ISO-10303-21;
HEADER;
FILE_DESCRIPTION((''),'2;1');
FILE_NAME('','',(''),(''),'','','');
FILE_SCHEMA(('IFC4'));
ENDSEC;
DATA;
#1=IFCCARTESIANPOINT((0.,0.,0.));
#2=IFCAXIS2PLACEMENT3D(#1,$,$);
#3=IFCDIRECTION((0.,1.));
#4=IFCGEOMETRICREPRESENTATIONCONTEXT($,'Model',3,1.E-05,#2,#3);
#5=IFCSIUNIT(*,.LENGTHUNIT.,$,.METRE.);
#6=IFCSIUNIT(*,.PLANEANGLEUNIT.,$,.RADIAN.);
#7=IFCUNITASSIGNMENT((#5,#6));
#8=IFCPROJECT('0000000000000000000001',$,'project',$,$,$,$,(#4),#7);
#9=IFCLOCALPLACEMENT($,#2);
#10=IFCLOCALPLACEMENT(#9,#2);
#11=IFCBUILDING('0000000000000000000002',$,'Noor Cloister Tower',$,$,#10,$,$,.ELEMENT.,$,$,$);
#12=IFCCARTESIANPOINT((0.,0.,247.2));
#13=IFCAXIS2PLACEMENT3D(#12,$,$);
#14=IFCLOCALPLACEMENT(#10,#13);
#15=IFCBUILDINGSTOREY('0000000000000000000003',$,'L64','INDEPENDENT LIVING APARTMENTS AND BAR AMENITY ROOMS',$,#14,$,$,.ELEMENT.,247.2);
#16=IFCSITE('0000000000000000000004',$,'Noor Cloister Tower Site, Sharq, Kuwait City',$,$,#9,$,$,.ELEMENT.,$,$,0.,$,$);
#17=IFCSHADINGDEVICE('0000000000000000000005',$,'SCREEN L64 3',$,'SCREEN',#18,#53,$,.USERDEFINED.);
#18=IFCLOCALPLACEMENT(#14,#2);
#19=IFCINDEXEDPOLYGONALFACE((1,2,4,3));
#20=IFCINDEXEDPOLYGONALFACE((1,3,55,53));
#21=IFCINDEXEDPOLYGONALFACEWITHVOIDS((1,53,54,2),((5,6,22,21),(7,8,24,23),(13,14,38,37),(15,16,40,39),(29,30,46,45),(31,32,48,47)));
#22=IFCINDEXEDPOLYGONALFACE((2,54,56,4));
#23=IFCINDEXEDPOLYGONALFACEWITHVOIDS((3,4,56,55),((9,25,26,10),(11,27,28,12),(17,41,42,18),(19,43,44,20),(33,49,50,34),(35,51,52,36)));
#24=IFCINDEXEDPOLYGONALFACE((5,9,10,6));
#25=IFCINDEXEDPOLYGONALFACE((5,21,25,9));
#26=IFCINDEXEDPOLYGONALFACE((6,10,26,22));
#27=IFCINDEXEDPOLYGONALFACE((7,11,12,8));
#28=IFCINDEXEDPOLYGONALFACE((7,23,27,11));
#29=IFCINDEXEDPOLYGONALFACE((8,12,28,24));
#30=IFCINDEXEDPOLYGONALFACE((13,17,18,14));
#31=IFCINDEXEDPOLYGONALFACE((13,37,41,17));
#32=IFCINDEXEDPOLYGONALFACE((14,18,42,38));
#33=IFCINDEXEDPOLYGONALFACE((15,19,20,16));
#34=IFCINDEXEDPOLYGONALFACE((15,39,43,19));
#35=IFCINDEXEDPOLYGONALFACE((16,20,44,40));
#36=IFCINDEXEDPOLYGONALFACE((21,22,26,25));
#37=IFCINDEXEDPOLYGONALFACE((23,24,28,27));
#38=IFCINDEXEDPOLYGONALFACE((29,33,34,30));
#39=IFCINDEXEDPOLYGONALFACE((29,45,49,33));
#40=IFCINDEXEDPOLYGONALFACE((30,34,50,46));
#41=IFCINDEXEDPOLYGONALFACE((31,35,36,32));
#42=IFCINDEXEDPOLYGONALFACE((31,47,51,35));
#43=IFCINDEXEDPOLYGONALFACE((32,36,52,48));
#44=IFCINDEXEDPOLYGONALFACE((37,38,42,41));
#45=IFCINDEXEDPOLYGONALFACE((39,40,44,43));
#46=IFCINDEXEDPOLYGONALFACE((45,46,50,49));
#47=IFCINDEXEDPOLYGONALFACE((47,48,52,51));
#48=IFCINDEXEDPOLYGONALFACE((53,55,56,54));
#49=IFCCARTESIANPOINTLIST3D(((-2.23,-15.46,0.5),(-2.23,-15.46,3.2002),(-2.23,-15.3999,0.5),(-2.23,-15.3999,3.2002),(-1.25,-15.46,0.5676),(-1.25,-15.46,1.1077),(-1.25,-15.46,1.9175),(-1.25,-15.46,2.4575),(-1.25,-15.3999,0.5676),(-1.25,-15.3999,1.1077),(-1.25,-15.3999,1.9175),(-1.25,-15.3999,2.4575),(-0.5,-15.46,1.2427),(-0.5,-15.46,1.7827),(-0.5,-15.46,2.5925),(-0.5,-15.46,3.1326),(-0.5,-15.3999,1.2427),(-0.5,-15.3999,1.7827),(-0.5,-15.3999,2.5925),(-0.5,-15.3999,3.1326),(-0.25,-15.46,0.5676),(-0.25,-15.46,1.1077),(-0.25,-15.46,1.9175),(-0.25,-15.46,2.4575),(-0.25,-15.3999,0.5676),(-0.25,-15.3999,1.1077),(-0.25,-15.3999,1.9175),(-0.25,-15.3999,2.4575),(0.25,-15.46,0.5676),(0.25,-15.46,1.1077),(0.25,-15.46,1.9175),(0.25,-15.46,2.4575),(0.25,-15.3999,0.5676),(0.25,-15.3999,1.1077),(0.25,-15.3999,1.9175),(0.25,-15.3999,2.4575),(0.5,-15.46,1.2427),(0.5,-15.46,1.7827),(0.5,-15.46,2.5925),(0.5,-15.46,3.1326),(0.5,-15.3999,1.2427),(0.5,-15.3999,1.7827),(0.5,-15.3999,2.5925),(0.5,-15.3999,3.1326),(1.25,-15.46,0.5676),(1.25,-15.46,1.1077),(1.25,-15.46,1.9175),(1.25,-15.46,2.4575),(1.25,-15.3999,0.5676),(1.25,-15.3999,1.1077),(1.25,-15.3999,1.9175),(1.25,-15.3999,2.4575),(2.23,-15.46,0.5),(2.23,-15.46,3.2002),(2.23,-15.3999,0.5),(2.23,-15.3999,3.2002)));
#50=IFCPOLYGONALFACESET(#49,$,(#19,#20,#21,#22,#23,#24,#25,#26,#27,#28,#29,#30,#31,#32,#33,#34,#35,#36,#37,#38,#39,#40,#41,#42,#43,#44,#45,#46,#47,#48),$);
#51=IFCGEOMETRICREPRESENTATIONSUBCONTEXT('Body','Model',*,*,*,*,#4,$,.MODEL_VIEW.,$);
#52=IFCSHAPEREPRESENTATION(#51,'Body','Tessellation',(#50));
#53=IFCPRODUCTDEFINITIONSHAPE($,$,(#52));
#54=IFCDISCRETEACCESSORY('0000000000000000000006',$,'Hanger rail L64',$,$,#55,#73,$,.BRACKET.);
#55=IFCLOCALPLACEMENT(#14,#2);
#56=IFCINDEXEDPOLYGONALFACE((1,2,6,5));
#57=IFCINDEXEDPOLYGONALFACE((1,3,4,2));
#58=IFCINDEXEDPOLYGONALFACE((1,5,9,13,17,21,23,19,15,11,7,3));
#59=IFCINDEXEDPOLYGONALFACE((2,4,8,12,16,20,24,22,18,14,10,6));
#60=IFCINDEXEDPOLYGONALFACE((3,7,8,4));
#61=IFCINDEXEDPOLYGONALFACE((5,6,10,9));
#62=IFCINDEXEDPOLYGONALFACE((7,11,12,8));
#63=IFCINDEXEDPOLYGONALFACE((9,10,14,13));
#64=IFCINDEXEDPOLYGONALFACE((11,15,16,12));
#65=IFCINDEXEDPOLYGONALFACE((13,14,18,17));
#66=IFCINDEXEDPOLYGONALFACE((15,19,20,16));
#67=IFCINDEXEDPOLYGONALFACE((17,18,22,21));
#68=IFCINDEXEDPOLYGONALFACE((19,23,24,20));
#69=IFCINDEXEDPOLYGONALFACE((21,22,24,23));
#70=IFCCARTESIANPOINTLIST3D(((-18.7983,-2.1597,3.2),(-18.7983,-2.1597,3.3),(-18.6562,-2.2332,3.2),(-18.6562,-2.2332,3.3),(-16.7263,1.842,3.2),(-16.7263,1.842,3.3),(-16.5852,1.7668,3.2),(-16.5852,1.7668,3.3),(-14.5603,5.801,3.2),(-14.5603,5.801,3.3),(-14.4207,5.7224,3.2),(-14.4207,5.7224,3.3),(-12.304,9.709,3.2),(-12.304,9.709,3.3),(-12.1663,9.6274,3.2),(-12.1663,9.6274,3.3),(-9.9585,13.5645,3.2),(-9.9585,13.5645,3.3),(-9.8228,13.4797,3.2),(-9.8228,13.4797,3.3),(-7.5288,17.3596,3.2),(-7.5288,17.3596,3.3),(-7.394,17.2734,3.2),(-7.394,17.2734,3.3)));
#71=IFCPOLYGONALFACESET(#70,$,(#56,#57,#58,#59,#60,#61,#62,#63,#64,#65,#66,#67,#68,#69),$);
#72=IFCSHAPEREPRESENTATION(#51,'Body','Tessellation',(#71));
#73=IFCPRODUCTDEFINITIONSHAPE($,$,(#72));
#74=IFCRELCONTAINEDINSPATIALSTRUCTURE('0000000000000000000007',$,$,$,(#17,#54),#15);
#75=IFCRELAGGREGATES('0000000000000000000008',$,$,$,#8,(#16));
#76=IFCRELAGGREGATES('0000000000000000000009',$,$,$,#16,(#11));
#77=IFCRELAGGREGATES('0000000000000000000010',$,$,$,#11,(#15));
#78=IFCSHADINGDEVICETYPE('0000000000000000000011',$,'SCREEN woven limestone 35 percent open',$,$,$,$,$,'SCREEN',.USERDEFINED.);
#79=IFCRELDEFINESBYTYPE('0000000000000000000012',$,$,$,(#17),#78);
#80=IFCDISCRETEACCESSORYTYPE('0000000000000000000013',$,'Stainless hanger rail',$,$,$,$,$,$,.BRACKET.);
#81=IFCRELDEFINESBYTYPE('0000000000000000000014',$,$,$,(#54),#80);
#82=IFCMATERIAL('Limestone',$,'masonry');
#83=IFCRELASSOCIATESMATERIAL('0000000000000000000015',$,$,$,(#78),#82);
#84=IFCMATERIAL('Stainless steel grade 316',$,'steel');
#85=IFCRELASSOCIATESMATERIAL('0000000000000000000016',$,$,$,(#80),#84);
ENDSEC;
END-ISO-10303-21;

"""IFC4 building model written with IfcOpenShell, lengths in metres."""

from ifc_helpers import new_model, si_unit, direction, frame, origin, place, context, subcontext, project, spatial, polyline, outline, extrude, material, material_profile, profile_set, type_object, element, save


model = new_model("IFC4")

# Units and contexts
model_context = context("Model", 3, precision=1e-05, world=origin(), true_north=direction((0.0, 1.0)))
body_context = subcontext(model_context, "Body", "Model", "MODEL_VIEW")
ifc_project = project(units=[si_unit("LENGTHUNIT", "METRE"), si_unit("PLANEANGLEUNIT", "RADIAN")], contexts=[model_context])

# Site, building, storey
site_placement = place(None, origin())
site = spatial("IfcSite", under=ifc_project, at=site_placement, Name="Noor Cloister Tower Site, Sharq, Kuwait City", CompositionType="ELEMENT", RefElevation=0.0)
building_placement = place(site_placement, origin())
building = spatial("IfcBuilding", under=site, at=building_placement, Name="Noor Cloister Tower", CompositionType="ELEMENT")
storey_placement = place(building_placement, frame((0.0, 0.0, 247.2)))
storey = spatial("IfcBuildingStorey", under=building, at=storey_placement, Name="L64", Description="INDEPENDENT LIVING APARTMENTS AND BAR AMENITY ROOMS", CompositionType="ELEMENT", Elevation=247.2)

# Shading device
ifc_material_1 = material(Name="Limestone", Category="masonry")
ifc_material_profile_1 = material_profile(ifc_material_1, outline(polyline([(-2.23, -1.3501), (2.23, -1.3501), (2.23, 1.3501), (-2.23, 1.3501), (-2.23, -1.3501)]), holes=[polyline([(-1.25, -1.2825), (-0.25, -1.2825), (-0.25, -0.7424), (-1.25, -0.7424), (-1.25, -1.2825)]), polyline([(0.25, -1.2825), (1.25, -1.2825), (1.25, -0.7424), (0.25, -0.7424), (0.25, -1.2825)]), polyline([(-0.5, -0.6074), (0.5, -0.6074), (0.5, -0.0674), (-0.5, -0.0674), (-0.5, -0.6074)]), polyline([(-1.25, 0.0674), (-0.25, 0.0674), (-0.25, 0.6074), (-1.25, 0.6074), (-1.25, 0.0674)]), polyline([(0.25, 0.0674), (1.25, 0.0674), (1.25, 0.6074), (0.25, 0.6074), (0.25, 0.0674)]), polyline([(-0.5, 0.7424), (0.5, 0.7424), (0.5, 1.2825), (-0.5, 1.2825), (-0.5, 0.7424)])]), Name="Woven screen 35 percent open")
ifc_profile_set_1 = profile_set([ifc_material_profile_1], Name="Limestone")
shading_device_type = type_object("IfcShadingDeviceType", Name="SCREEN woven limestone 35 percent open", ElementType="SCREEN", PredefinedType="USERDEFINED", material=ifc_profile_set_1)
shading_device_1_placement = place(storey_placement, frame((0.0, -15.3999, 1.8501), z_axis=(0.0, -1.0, 0.0), x_axis=(1.0, 0.0, 0.0)))
element("IfcShadingDevice", 1, at=shading_device_1_placement, inside=storey, type_object=shading_device_type, Name="SCREEN L64 3", ObjectType="SCREEN", PredefinedType="USERDEFINED", context=body_context, shape_type="SweptSolid", body=[
    extrude(outline(polyline([(-2.23, -1.3501), (2.23, -1.3501), (2.23, 1.3501), (-2.23, 1.3501), (-2.23, -1.3501)]), holes=[polyline([(-1.25, -1.2825), (-0.25, -1.2825), (-0.25, -0.7424), (-1.25, -0.7424), (-1.25, -1.2825)]), polyline([(0.25, -1.2825), (1.25, -1.2825), (1.25, -0.7424), (0.25, -0.7424), (0.25, -1.2825)]), polyline([(-0.5, -0.6074), (0.5, -0.6074), (0.5, -0.0674), (-0.5, -0.0674), (-0.5, -0.6074)]), polyline([(-1.25, 0.0674), (-0.25, 0.0674), (-0.25, 0.6074), (-1.25, 0.6074), (-1.25, 0.0674)]), polyline([(0.25, 0.0674), (1.25, 0.0674), (1.25, 0.6074), (0.25, 0.6074), (0.25, 0.0674)]), polyline([(-0.5, 0.7424), (0.5, 0.7424), (0.5, 1.2825), (-0.5, 1.2825), (-0.5, 0.7424)])]), origin(), (0.0, 0.0, 1.0), 0.0601),
])

# Discrete accessory
ifc_material_2 = material(Name="Stainless steel grade 316", Category="steel")
discrete_accessory_type = type_object("IfcDiscreteAccessoryType", Name="Stainless hanger rail", PredefinedType="BRACKET", material=ifc_material_2)
discrete_accessory_placement = place(storey_placement, frame((0.0, 0.0, 3.2)))
element("IfcDiscreteAccessory", 2, at=discrete_accessory_placement, inside=storey, type_object=discrete_accessory_type, Name="Hanger rail L64", PredefinedType="BRACKET", context=body_context, shape_type="SweptSolid", body=[
    extrude(outline(polyline([(-7.5288, 17.3596), (-9.9585, 13.5645), (-12.304, 9.709), (-14.5603, 5.801), (-16.7263, 1.842), (-18.7983, -2.1597), (-18.6562, -2.2332), (-16.5852, 1.7668), (-14.4207, 5.7224), (-12.1663, 9.6274), (-9.8228, 13.4797), (-7.394, 17.2734), (-7.5288, 17.3596)])), origin(), (0.0, 0.0, 1.0), 0.1001),
])

save(model, "model.ifc")
